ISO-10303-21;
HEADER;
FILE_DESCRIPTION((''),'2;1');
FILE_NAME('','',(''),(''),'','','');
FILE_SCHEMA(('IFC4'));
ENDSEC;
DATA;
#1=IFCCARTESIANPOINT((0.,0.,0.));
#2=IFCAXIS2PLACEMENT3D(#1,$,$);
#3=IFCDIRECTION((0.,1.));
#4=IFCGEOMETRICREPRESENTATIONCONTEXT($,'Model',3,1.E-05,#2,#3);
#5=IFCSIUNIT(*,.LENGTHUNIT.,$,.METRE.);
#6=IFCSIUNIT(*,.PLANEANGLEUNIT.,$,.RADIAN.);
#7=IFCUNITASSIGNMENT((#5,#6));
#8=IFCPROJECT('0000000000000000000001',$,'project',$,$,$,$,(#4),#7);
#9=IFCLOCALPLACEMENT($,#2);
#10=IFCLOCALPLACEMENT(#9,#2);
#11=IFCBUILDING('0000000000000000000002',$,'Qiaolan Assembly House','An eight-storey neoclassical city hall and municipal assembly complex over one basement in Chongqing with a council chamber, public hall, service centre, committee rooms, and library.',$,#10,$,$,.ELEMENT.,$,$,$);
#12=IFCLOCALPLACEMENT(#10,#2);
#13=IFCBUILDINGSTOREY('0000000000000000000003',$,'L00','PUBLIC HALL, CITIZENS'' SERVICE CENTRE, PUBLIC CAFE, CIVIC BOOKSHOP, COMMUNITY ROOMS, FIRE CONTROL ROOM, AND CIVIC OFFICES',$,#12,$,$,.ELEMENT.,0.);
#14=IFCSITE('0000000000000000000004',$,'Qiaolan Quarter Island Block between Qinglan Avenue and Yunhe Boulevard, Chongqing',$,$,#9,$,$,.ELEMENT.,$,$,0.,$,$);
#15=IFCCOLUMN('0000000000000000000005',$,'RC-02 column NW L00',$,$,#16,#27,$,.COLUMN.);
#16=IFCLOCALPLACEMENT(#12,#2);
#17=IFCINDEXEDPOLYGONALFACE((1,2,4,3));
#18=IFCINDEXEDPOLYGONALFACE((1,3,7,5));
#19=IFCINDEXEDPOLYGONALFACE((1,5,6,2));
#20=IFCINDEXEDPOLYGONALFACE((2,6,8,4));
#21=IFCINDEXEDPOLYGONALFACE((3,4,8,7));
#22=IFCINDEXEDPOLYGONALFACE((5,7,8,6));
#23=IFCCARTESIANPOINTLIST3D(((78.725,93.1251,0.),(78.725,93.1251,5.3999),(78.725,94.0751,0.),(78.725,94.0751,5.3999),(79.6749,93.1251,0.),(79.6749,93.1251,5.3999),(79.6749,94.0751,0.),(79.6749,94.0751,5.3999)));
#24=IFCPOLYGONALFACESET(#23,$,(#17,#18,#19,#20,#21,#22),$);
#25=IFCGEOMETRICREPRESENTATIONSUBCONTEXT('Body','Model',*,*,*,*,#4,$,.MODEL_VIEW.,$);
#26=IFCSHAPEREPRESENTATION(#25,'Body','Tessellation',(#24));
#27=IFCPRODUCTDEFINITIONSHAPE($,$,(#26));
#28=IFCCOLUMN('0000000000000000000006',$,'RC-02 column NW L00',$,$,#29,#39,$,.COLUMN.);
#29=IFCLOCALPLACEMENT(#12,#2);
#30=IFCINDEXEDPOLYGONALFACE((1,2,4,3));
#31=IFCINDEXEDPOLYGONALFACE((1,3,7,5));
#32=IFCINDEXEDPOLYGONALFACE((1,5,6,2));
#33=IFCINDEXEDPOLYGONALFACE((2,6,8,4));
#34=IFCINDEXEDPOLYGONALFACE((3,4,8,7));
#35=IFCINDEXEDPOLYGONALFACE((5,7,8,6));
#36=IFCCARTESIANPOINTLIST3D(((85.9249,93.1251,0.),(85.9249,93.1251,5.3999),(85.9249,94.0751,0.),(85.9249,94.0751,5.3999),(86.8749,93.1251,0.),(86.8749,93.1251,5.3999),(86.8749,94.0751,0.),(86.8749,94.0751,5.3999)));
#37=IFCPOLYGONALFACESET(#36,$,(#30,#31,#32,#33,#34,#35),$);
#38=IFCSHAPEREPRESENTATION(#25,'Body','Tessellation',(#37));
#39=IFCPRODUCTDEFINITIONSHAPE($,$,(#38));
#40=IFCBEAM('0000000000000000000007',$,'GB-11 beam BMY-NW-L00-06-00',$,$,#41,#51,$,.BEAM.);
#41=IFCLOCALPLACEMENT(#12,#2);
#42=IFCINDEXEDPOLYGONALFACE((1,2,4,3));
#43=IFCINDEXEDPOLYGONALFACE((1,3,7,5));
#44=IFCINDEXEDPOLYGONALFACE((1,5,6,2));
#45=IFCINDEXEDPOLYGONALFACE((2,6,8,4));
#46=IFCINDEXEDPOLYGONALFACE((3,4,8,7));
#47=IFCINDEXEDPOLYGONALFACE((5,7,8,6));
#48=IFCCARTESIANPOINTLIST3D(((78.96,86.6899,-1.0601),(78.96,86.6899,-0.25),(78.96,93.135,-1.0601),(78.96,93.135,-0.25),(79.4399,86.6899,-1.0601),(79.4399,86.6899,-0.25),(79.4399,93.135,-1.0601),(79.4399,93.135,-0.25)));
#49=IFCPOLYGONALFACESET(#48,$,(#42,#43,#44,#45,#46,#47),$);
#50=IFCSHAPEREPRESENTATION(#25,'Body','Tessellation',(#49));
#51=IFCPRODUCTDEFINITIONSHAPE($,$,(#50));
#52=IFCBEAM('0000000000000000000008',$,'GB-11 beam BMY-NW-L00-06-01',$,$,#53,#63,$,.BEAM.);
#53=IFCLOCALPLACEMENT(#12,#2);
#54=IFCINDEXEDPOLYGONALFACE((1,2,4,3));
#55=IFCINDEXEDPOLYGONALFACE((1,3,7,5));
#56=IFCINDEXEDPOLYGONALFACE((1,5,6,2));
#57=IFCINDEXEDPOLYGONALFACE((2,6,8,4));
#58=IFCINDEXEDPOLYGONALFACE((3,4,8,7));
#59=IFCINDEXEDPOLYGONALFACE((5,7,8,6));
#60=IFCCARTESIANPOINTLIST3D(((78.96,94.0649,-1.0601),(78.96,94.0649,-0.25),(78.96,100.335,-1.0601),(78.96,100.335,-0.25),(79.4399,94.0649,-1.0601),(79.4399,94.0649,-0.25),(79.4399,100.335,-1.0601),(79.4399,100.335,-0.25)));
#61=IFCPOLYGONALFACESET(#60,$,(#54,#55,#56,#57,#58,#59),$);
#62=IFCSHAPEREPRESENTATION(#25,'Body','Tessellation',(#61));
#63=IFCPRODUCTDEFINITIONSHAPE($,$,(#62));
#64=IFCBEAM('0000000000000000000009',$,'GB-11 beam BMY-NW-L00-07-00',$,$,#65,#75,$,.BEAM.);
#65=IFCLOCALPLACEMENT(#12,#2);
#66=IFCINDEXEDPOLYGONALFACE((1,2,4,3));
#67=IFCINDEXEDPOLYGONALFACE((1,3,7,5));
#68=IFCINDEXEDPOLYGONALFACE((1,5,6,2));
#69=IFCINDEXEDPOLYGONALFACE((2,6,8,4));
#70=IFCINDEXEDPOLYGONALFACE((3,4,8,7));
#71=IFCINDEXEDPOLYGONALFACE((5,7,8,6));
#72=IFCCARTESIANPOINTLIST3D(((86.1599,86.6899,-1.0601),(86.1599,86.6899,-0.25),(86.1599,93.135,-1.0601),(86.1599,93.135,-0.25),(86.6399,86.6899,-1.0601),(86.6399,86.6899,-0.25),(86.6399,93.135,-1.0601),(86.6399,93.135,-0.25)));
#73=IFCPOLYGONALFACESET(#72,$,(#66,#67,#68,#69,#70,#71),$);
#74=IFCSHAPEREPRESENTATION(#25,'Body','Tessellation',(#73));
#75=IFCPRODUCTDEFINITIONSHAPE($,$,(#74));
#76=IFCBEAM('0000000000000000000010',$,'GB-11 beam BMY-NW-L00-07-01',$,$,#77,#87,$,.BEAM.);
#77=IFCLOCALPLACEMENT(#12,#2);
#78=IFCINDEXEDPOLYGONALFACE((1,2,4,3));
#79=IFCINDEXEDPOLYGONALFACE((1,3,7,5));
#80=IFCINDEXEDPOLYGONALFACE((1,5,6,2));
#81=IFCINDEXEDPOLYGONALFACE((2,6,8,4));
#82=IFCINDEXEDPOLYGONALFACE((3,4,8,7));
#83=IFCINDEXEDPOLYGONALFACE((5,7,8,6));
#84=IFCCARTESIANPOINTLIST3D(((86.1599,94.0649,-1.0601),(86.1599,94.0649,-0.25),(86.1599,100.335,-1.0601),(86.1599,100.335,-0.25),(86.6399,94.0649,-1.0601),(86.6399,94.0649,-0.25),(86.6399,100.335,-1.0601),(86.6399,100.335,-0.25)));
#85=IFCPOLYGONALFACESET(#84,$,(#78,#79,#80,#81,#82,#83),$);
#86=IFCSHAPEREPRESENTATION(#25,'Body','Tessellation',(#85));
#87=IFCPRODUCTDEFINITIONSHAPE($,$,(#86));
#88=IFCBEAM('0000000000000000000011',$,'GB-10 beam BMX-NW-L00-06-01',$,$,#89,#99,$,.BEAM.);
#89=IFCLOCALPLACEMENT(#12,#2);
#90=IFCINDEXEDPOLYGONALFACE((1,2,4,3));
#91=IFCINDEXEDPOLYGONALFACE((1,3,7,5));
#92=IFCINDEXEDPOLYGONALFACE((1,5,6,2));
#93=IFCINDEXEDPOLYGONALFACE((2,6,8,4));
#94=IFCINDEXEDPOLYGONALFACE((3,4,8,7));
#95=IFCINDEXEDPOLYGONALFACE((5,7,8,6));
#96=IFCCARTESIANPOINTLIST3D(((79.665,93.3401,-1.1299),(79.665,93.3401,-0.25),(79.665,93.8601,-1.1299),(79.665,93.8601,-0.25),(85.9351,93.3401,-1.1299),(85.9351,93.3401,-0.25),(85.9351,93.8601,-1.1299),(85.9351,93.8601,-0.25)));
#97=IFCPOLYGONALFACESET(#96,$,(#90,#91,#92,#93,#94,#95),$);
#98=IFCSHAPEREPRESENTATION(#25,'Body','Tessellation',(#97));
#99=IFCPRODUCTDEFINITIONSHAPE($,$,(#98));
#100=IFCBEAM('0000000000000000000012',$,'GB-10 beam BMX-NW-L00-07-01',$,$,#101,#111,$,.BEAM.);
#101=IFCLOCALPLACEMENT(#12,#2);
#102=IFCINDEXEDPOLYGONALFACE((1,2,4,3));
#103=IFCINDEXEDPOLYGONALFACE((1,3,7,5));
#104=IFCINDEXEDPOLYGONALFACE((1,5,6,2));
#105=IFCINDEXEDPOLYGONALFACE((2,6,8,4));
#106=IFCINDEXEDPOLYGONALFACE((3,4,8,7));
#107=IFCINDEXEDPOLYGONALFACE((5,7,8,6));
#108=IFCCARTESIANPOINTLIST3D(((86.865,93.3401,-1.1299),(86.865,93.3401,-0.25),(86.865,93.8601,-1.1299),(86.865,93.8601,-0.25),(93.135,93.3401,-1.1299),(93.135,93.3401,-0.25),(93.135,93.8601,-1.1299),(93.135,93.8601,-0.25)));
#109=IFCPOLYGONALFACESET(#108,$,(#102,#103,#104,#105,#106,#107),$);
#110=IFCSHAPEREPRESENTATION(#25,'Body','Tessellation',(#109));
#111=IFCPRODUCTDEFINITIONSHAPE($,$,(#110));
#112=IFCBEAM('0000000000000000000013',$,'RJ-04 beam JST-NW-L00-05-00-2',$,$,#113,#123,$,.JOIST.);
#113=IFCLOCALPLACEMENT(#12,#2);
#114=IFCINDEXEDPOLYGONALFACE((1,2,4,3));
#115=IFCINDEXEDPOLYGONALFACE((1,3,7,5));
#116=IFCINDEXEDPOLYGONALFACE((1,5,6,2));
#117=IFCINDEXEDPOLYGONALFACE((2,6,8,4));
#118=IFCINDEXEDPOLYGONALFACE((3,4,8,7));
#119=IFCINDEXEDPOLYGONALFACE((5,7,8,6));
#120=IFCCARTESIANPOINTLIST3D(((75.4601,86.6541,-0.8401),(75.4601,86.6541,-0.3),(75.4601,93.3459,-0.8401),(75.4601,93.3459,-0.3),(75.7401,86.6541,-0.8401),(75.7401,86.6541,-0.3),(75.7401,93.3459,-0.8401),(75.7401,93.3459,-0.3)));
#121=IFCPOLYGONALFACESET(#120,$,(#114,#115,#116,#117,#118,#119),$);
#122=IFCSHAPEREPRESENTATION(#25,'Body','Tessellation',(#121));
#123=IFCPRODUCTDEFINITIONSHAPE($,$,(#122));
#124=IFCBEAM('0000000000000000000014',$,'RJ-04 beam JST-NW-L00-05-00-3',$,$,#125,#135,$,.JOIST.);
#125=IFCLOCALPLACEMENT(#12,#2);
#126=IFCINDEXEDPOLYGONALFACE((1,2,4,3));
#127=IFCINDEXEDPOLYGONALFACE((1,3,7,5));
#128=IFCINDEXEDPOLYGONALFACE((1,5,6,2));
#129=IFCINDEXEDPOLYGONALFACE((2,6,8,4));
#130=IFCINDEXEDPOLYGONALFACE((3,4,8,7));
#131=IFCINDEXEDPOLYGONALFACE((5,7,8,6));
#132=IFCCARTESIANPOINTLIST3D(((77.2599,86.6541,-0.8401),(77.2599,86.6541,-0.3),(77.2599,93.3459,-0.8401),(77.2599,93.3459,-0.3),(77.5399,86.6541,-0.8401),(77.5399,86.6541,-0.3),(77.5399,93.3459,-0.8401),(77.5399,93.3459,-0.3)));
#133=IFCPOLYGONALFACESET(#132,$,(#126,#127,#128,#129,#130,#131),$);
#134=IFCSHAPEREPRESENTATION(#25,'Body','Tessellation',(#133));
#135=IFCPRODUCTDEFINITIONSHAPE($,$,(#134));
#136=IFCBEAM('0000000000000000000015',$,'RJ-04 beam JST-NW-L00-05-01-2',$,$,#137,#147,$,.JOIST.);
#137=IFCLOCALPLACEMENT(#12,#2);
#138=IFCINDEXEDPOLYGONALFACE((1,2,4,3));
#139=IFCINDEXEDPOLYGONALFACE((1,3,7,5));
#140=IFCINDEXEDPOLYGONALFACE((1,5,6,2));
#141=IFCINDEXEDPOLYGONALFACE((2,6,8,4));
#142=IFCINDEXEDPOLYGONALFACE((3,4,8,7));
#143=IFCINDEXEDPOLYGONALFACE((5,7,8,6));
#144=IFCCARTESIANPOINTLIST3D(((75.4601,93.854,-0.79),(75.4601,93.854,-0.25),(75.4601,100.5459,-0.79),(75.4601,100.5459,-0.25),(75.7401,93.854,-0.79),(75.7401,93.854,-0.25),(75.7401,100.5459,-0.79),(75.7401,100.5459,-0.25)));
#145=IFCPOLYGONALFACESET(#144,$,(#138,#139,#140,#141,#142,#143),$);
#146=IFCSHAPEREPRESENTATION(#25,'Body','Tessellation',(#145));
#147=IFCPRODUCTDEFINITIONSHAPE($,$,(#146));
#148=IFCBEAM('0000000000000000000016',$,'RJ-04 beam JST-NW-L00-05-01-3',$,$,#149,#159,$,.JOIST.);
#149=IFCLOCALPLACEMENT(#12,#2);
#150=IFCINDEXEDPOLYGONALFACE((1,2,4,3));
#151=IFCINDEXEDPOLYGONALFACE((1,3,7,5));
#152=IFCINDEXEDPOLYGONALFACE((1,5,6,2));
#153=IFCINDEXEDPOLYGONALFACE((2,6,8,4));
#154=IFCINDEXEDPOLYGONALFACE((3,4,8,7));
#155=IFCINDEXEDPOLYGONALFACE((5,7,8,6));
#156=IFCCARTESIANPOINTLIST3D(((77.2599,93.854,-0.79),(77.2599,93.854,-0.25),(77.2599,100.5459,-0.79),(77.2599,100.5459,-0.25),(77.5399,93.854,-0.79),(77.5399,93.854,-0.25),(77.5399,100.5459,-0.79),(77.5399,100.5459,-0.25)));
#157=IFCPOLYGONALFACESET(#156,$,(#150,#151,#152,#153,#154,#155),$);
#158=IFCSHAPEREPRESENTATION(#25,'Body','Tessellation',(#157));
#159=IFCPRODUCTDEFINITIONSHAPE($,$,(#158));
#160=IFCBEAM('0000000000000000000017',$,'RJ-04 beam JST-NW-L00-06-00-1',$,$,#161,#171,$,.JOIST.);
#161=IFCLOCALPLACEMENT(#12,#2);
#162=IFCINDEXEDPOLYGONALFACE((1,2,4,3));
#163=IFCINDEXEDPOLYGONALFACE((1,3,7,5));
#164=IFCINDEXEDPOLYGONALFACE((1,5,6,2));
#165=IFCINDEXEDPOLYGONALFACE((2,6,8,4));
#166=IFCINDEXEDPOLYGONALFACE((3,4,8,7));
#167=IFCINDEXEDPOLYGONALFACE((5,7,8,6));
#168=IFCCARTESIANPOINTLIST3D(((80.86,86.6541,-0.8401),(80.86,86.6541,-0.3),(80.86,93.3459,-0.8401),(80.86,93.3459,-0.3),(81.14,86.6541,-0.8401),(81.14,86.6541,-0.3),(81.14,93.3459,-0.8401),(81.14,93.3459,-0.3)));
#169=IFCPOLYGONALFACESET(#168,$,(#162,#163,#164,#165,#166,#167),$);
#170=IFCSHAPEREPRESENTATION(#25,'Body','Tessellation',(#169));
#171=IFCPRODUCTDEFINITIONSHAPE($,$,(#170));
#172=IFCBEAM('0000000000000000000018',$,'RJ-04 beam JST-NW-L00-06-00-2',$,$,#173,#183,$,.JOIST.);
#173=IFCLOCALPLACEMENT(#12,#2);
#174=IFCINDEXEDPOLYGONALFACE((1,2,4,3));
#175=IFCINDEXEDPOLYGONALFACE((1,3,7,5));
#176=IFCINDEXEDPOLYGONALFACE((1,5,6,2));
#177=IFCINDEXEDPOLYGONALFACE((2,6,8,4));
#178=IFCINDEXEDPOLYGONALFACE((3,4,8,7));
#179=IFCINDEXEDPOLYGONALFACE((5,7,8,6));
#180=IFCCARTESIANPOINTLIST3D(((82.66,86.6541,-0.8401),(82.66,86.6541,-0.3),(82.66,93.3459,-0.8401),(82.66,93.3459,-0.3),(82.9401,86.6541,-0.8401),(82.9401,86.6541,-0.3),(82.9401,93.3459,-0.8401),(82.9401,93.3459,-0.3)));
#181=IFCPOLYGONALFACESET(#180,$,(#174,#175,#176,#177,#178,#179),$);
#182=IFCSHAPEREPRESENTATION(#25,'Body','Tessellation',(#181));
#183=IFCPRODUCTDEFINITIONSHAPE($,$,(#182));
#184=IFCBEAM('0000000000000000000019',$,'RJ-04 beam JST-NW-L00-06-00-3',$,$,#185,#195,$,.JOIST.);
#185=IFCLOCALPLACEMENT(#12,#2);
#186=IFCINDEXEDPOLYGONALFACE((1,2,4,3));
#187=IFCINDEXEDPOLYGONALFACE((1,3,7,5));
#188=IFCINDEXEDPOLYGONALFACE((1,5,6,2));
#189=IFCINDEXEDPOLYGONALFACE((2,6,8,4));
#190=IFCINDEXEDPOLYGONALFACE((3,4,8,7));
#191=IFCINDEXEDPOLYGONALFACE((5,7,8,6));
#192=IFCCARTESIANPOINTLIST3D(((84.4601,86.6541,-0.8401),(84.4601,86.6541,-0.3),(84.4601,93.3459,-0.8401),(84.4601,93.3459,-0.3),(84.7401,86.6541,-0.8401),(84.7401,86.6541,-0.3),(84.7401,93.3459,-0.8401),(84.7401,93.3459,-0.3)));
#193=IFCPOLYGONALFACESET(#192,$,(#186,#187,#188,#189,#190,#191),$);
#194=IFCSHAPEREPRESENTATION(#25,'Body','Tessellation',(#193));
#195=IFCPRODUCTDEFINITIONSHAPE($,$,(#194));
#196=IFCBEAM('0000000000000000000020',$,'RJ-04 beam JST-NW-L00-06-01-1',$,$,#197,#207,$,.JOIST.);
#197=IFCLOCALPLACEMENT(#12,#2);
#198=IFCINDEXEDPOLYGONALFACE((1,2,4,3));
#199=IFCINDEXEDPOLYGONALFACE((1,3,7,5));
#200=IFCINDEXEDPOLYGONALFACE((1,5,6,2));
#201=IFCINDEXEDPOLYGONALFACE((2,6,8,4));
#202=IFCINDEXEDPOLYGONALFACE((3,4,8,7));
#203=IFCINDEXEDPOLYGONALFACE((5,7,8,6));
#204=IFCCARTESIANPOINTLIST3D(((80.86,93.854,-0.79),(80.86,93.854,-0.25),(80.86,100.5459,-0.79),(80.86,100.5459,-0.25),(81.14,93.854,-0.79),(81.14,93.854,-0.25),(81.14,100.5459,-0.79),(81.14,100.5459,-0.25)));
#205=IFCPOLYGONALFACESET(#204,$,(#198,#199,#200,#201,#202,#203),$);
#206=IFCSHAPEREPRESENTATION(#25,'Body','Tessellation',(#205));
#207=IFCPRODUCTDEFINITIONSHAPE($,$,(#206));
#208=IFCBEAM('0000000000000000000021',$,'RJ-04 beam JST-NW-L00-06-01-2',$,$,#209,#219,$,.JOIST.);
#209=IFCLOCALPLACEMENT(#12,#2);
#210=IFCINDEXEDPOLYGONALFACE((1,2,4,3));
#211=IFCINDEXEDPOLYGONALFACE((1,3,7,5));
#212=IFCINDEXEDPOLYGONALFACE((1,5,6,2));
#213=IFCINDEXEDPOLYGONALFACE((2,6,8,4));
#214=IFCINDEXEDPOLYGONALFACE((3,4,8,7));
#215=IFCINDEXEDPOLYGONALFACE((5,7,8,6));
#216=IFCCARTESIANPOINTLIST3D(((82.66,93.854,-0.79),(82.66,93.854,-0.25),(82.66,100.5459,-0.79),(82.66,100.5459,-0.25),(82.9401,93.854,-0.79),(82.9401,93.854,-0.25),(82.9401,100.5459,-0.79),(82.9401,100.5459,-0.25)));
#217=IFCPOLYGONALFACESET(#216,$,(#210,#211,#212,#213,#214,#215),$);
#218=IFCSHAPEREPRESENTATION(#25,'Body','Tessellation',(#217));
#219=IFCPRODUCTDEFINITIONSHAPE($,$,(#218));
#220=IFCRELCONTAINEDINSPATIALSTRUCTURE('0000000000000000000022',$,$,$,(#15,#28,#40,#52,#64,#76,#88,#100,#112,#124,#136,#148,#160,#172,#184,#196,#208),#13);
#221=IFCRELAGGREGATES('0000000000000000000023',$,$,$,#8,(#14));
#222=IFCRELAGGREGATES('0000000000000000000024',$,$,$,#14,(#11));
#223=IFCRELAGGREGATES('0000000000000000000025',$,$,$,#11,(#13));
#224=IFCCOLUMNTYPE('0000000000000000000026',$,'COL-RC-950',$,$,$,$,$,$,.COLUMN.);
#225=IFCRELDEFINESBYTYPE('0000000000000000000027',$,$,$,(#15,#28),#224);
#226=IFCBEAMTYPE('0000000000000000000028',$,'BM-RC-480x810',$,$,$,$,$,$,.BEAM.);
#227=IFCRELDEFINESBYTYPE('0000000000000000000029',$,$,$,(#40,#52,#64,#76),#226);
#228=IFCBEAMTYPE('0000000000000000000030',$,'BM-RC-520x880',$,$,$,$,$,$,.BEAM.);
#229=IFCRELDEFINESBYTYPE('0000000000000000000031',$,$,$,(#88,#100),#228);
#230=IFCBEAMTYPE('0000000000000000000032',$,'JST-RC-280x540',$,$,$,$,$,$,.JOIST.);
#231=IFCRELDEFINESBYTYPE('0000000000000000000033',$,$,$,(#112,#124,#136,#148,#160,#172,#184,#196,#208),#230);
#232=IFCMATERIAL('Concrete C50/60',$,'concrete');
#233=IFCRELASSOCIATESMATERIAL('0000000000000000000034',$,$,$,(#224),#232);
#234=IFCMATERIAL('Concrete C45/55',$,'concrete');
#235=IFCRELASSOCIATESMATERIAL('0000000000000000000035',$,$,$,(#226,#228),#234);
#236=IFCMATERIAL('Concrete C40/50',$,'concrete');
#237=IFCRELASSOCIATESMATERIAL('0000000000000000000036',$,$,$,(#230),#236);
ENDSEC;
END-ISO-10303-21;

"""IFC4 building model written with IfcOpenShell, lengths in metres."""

from ifc_helpers import new_model, si_unit, direction, frame, origin, origin_2d, place, context, subcontext, project, spatial, rectangle, extrude, material, material_profile, profile_set, type_object, element, save


model = new_model("IFC4")

# Units and contexts
model_context = context("Model", 3, precision=1e-05, world=origin(), true_north=direction((0.0, 1.0)))
body_context = subcontext(model_context, "Body", "Model", "MODEL_VIEW")
ifc_project = project(units=[si_unit("LENGTHUNIT", "METRE"), si_unit("PLANEANGLEUNIT", "RADIAN")], contexts=[model_context])

# Site, building, storey
site_placement = place(None, origin())
site = spatial("IfcSite", under=ifc_project, at=site_placement, Name="Qiaolan Quarter Island Block between Qinglan Avenue and Yunhe Boulevard, Chongqing", CompositionType="ELEMENT", RefElevation=0.0)
building_placement = place(site_placement, origin())
building = spatial("IfcBuilding", under=site, at=building_placement, Name="Qiaolan Assembly House", Description="An eight-storey neoclassical city hall and municipal assembly complex over one basement in Chongqing with a council chamber, public hall, service centre, committee rooms, and library.", CompositionType="ELEMENT")
storey_placement = place(building_placement, origin())
storey = spatial("IfcBuildingStorey", under=building, at=storey_placement, Name="L00", Description="PUBLIC HALL, CITIZENS' SERVICE CENTRE, PUBLIC CAFE, CIVIC BOOKSHOP, COMMUNITY ROOMS, FIRE CONTROL ROOM, AND CIVIC OFFICES", CompositionType="ELEMENT", Elevation=0.0)

# Columns
ifc_material_1 = material(Name="Concrete C50/60", Category="concrete")
ifc_material_profile_1 = material_profile(ifc_material_1, rectangle(XDim=0.95, YDim=0.95, at=origin_2d()), Name="RC 950x950")
ifc_profile_set_1 = profile_set([ifc_material_profile_1], Name="Concrete C50/60")
column_type = type_object("IfcColumnType", Name="COL-RC-950", PredefinedType="COLUMN", material=ifc_profile_set_1)
for number, where, z_axis, x_axis, name in (
    (1, (79.2, 93.6001, 0.0), (0.0, 0.0, 1.0), (1.0, 0.0, 0.0), "RC-02 column NW L00"),
    (2, (86.3999, 93.6001, 0.0), (0.0, 0.0, 1.0), (1.0, 0.0, 0.0), "RC-02 column NW L00"),
):
    element("IfcColumn", number, at=place(storey_placement, frame(where, z_axis=z_axis, x_axis=x_axis)), inside=storey, type_object=column_type, Name=name, PredefinedType="COLUMN", context=body_context, shape_type="SweptSolid", body=[
        extrude(rectangle(XDim=0.95, YDim=0.95, at=origin_2d()), origin(), (0.0, 0.0, 1.0), 5.3999),
    ])

# Beams
ifc_material_2 = material(Name="Concrete C45/55", Category="concrete")
ifc_material_profile_2 = material_profile(ifc_material_2, rectangle(XDim=0.48, YDim=0.8101, at=origin_2d()), Name="RCB 480x810")
ifc_profile_set_2 = profile_set([ifc_material_profile_2], Name="Concrete C45/55")
beam_type_1 = type_object("IfcBeamType", Name="BM-RC-480x810", PredefinedType="BEAM", material=ifc_profile_set_2)
beam_1_placement = place(storey_placement, frame((79.2, 86.6899, -0.655), z_axis=(0.0, 1.0, 0.0), x_axis=(-1.0, 0.0, 0.0)))
element("IfcBeam", 3, at=beam_1_placement, inside=storey, type_object=beam_type_1, Name="GB-11 beam BMY-NW-L00-06-00", PredefinedType="BEAM", context=body_context, shape_type="SweptSolid", body=[
    extrude(rectangle(XDim=0.48, YDim=0.8101, at=origin_2d()), origin(), (0.0, 0.0, 1.0), 6.4451),
])
beam_2_placement = place(storey_placement, frame((79.2, 94.0649, -0.655), z_axis=(0.0, 1.0, 0.0), x_axis=(-1.0, 0.0, 0.0)))
element("IfcBeam", 4, at=beam_2_placement, inside=storey, type_object=beam_type_1, Name="GB-11 beam BMY-NW-L00-06-01", PredefinedType="BEAM", context=body_context, shape_type="SweptSolid", body=[
    extrude(rectangle(XDim=0.48, YDim=0.8101, at=origin_2d()), origin(), (0.0, 0.0, 1.0), 6.27),
])
beam_3_placement = place(storey_placement, frame((86.3999, 86.6899, -0.655), z_axis=(0.0, 1.0, 0.0), x_axis=(-1.0, 0.0, 0.0)))
element("IfcBeam", 5, at=beam_3_placement, inside=storey, type_object=beam_type_1, Name="GB-11 beam BMY-NW-L00-07-00", PredefinedType="BEAM", context=body_context, shape_type="SweptSolid", body=[
    extrude(rectangle(XDim=0.48, YDim=0.8101, at=origin_2d()), origin(), (0.0, 0.0, 1.0), 6.4451),
])
beam_4_placement = place(storey_placement, frame((86.3999, 94.0649, -0.655), z_axis=(0.0, 1.0, 0.0), x_axis=(-1.0, 0.0, 0.0)))
element("IfcBeam", 6, at=beam_4_placement, inside=storey, type_object=beam_type_1, Name="GB-11 beam BMY-NW-L00-07-01", PredefinedType="BEAM", context=body_context, shape_type="SweptSolid", body=[
    extrude(rectangle(XDim=0.48, YDim=0.8101, at=origin_2d()), origin(), (0.0, 0.0, 1.0), 6.27),
])
ifc_material_profile_3 = material_profile(ifc_material_2, rectangle(XDim=0.52, YDim=0.8799, at=origin_2d()), Name="RCB 520x880")
ifc_profile_set_3 = profile_set([ifc_material_profile_3], Name="Concrete C45/55")
beam_type_2 = type_object("IfcBeamType", Name="BM-RC-520x880", PredefinedType="BEAM", material=ifc_profile_set_3)
for number, where, z_axis, x_axis, name in (
    (7, (79.665, 93.6001, -0.6899), (1.0, 0.0, 0.0), (0.0, 1.0, 0.0), "GB-10 beam BMX-NW-L00-06-01"),
    (8, (86.865, 93.6001, -0.6899), (1.0, 0.0, 0.0), (0.0, 1.0, 0.0), "GB-10 beam BMX-NW-L00-07-01"),
):
    element("IfcBeam", number, at=place(storey_placement, frame(where, z_axis=z_axis, x_axis=x_axis)), inside=storey, type_object=beam_type_2, Name=name, PredefinedType="BEAM", context=body_context, shape_type="SweptSolid", body=[
        extrude(rectangle(XDim=0.52, YDim=0.8799, at=origin_2d()), origin(), (0.0, 0.0, 1.0), 6.27),
    ])
ifc_material_3 = material(Name="Concrete C40/50", Category="concrete")
ifc_material_profile_4 = material_profile(ifc_material_3, rectangle(XDim=0.28, YDim=0.54, at=origin_2d()), Name="RCB 280x540")
ifc_profile_set_4 = profile_set([ifc_material_profile_4], Name="Concrete C40/50")
beam_type_3 = type_object("IfcBeamType", Name="JST-RC-280x540", PredefinedType="JOIST", material=ifc_profile_set_4)
for number, where, z_axis, x_axis, name in (
    (9, (75.6001, 86.6541, -0.5701), (0.0, 1.0, 0.0), (-1.0, 0.0, 0.0), "RJ-04 beam JST-NW-L00-05-00-2"),
    (10, (77.3999, 86.6541, -0.5701), (0.0, 1.0, 0.0), (-1.0, 0.0, 0.0), "RJ-04 beam JST-NW-L00-05-00-3"),
    (11, (75.6001, 93.854, -0.52), (0.0, 1.0, 0.0), (-1.0, 0.0, 0.0), "RJ-04 beam JST-NW-L00-05-01-2"),
    (12, (77.3999, 93.854, -0.52), (0.0, 1.0, 0.0), (-1.0, 0.0, 0.0), "RJ-04 beam JST-NW-L00-05-01-3"),
    (13, (81.0, 86.6541, -0.5701), (0.0, 1.0, 0.0), (-1.0, 0.0, 0.0), "RJ-04 beam JST-NW-L00-06-00-1"),
    (14, (82.8, 86.6541, -0.5701), (0.0, 1.0, 0.0), (-1.0, 0.0, 0.0), "RJ-04 beam JST-NW-L00-06-00-2"),
    (15, (84.6001, 86.6541, -0.5701), (0.0, 1.0, 0.0), (-1.0, 0.0, 0.0), "RJ-04 beam JST-NW-L00-06-00-3"),
    (16, (81.0, 93.854, -0.52), (0.0, 1.0, 0.0), (-1.0, 0.0, 0.0), "RJ-04 beam JST-NW-L00-06-01-1"),
    (17, (82.8, 93.854, -0.52), (0.0, 1.0, 0.0), (-1.0, 0.0, 0.0), "RJ-04 beam JST-NW-L00-06-01-2"),
):
    element("IfcBeam", number, at=place(storey_placement, frame(where, z_axis=z_axis, x_axis=x_axis)), inside=storey, type_object=beam_type_3, Name=name, PredefinedType="JOIST", context=body_context, shape_type="SweptSolid", body=[
        extrude(rectangle(XDim=0.28, YDim=0.54, at=origin_2d()), origin(), (0.0, 0.0, 1.0), 6.6919),
    ])

save(model, "model.ifc")
